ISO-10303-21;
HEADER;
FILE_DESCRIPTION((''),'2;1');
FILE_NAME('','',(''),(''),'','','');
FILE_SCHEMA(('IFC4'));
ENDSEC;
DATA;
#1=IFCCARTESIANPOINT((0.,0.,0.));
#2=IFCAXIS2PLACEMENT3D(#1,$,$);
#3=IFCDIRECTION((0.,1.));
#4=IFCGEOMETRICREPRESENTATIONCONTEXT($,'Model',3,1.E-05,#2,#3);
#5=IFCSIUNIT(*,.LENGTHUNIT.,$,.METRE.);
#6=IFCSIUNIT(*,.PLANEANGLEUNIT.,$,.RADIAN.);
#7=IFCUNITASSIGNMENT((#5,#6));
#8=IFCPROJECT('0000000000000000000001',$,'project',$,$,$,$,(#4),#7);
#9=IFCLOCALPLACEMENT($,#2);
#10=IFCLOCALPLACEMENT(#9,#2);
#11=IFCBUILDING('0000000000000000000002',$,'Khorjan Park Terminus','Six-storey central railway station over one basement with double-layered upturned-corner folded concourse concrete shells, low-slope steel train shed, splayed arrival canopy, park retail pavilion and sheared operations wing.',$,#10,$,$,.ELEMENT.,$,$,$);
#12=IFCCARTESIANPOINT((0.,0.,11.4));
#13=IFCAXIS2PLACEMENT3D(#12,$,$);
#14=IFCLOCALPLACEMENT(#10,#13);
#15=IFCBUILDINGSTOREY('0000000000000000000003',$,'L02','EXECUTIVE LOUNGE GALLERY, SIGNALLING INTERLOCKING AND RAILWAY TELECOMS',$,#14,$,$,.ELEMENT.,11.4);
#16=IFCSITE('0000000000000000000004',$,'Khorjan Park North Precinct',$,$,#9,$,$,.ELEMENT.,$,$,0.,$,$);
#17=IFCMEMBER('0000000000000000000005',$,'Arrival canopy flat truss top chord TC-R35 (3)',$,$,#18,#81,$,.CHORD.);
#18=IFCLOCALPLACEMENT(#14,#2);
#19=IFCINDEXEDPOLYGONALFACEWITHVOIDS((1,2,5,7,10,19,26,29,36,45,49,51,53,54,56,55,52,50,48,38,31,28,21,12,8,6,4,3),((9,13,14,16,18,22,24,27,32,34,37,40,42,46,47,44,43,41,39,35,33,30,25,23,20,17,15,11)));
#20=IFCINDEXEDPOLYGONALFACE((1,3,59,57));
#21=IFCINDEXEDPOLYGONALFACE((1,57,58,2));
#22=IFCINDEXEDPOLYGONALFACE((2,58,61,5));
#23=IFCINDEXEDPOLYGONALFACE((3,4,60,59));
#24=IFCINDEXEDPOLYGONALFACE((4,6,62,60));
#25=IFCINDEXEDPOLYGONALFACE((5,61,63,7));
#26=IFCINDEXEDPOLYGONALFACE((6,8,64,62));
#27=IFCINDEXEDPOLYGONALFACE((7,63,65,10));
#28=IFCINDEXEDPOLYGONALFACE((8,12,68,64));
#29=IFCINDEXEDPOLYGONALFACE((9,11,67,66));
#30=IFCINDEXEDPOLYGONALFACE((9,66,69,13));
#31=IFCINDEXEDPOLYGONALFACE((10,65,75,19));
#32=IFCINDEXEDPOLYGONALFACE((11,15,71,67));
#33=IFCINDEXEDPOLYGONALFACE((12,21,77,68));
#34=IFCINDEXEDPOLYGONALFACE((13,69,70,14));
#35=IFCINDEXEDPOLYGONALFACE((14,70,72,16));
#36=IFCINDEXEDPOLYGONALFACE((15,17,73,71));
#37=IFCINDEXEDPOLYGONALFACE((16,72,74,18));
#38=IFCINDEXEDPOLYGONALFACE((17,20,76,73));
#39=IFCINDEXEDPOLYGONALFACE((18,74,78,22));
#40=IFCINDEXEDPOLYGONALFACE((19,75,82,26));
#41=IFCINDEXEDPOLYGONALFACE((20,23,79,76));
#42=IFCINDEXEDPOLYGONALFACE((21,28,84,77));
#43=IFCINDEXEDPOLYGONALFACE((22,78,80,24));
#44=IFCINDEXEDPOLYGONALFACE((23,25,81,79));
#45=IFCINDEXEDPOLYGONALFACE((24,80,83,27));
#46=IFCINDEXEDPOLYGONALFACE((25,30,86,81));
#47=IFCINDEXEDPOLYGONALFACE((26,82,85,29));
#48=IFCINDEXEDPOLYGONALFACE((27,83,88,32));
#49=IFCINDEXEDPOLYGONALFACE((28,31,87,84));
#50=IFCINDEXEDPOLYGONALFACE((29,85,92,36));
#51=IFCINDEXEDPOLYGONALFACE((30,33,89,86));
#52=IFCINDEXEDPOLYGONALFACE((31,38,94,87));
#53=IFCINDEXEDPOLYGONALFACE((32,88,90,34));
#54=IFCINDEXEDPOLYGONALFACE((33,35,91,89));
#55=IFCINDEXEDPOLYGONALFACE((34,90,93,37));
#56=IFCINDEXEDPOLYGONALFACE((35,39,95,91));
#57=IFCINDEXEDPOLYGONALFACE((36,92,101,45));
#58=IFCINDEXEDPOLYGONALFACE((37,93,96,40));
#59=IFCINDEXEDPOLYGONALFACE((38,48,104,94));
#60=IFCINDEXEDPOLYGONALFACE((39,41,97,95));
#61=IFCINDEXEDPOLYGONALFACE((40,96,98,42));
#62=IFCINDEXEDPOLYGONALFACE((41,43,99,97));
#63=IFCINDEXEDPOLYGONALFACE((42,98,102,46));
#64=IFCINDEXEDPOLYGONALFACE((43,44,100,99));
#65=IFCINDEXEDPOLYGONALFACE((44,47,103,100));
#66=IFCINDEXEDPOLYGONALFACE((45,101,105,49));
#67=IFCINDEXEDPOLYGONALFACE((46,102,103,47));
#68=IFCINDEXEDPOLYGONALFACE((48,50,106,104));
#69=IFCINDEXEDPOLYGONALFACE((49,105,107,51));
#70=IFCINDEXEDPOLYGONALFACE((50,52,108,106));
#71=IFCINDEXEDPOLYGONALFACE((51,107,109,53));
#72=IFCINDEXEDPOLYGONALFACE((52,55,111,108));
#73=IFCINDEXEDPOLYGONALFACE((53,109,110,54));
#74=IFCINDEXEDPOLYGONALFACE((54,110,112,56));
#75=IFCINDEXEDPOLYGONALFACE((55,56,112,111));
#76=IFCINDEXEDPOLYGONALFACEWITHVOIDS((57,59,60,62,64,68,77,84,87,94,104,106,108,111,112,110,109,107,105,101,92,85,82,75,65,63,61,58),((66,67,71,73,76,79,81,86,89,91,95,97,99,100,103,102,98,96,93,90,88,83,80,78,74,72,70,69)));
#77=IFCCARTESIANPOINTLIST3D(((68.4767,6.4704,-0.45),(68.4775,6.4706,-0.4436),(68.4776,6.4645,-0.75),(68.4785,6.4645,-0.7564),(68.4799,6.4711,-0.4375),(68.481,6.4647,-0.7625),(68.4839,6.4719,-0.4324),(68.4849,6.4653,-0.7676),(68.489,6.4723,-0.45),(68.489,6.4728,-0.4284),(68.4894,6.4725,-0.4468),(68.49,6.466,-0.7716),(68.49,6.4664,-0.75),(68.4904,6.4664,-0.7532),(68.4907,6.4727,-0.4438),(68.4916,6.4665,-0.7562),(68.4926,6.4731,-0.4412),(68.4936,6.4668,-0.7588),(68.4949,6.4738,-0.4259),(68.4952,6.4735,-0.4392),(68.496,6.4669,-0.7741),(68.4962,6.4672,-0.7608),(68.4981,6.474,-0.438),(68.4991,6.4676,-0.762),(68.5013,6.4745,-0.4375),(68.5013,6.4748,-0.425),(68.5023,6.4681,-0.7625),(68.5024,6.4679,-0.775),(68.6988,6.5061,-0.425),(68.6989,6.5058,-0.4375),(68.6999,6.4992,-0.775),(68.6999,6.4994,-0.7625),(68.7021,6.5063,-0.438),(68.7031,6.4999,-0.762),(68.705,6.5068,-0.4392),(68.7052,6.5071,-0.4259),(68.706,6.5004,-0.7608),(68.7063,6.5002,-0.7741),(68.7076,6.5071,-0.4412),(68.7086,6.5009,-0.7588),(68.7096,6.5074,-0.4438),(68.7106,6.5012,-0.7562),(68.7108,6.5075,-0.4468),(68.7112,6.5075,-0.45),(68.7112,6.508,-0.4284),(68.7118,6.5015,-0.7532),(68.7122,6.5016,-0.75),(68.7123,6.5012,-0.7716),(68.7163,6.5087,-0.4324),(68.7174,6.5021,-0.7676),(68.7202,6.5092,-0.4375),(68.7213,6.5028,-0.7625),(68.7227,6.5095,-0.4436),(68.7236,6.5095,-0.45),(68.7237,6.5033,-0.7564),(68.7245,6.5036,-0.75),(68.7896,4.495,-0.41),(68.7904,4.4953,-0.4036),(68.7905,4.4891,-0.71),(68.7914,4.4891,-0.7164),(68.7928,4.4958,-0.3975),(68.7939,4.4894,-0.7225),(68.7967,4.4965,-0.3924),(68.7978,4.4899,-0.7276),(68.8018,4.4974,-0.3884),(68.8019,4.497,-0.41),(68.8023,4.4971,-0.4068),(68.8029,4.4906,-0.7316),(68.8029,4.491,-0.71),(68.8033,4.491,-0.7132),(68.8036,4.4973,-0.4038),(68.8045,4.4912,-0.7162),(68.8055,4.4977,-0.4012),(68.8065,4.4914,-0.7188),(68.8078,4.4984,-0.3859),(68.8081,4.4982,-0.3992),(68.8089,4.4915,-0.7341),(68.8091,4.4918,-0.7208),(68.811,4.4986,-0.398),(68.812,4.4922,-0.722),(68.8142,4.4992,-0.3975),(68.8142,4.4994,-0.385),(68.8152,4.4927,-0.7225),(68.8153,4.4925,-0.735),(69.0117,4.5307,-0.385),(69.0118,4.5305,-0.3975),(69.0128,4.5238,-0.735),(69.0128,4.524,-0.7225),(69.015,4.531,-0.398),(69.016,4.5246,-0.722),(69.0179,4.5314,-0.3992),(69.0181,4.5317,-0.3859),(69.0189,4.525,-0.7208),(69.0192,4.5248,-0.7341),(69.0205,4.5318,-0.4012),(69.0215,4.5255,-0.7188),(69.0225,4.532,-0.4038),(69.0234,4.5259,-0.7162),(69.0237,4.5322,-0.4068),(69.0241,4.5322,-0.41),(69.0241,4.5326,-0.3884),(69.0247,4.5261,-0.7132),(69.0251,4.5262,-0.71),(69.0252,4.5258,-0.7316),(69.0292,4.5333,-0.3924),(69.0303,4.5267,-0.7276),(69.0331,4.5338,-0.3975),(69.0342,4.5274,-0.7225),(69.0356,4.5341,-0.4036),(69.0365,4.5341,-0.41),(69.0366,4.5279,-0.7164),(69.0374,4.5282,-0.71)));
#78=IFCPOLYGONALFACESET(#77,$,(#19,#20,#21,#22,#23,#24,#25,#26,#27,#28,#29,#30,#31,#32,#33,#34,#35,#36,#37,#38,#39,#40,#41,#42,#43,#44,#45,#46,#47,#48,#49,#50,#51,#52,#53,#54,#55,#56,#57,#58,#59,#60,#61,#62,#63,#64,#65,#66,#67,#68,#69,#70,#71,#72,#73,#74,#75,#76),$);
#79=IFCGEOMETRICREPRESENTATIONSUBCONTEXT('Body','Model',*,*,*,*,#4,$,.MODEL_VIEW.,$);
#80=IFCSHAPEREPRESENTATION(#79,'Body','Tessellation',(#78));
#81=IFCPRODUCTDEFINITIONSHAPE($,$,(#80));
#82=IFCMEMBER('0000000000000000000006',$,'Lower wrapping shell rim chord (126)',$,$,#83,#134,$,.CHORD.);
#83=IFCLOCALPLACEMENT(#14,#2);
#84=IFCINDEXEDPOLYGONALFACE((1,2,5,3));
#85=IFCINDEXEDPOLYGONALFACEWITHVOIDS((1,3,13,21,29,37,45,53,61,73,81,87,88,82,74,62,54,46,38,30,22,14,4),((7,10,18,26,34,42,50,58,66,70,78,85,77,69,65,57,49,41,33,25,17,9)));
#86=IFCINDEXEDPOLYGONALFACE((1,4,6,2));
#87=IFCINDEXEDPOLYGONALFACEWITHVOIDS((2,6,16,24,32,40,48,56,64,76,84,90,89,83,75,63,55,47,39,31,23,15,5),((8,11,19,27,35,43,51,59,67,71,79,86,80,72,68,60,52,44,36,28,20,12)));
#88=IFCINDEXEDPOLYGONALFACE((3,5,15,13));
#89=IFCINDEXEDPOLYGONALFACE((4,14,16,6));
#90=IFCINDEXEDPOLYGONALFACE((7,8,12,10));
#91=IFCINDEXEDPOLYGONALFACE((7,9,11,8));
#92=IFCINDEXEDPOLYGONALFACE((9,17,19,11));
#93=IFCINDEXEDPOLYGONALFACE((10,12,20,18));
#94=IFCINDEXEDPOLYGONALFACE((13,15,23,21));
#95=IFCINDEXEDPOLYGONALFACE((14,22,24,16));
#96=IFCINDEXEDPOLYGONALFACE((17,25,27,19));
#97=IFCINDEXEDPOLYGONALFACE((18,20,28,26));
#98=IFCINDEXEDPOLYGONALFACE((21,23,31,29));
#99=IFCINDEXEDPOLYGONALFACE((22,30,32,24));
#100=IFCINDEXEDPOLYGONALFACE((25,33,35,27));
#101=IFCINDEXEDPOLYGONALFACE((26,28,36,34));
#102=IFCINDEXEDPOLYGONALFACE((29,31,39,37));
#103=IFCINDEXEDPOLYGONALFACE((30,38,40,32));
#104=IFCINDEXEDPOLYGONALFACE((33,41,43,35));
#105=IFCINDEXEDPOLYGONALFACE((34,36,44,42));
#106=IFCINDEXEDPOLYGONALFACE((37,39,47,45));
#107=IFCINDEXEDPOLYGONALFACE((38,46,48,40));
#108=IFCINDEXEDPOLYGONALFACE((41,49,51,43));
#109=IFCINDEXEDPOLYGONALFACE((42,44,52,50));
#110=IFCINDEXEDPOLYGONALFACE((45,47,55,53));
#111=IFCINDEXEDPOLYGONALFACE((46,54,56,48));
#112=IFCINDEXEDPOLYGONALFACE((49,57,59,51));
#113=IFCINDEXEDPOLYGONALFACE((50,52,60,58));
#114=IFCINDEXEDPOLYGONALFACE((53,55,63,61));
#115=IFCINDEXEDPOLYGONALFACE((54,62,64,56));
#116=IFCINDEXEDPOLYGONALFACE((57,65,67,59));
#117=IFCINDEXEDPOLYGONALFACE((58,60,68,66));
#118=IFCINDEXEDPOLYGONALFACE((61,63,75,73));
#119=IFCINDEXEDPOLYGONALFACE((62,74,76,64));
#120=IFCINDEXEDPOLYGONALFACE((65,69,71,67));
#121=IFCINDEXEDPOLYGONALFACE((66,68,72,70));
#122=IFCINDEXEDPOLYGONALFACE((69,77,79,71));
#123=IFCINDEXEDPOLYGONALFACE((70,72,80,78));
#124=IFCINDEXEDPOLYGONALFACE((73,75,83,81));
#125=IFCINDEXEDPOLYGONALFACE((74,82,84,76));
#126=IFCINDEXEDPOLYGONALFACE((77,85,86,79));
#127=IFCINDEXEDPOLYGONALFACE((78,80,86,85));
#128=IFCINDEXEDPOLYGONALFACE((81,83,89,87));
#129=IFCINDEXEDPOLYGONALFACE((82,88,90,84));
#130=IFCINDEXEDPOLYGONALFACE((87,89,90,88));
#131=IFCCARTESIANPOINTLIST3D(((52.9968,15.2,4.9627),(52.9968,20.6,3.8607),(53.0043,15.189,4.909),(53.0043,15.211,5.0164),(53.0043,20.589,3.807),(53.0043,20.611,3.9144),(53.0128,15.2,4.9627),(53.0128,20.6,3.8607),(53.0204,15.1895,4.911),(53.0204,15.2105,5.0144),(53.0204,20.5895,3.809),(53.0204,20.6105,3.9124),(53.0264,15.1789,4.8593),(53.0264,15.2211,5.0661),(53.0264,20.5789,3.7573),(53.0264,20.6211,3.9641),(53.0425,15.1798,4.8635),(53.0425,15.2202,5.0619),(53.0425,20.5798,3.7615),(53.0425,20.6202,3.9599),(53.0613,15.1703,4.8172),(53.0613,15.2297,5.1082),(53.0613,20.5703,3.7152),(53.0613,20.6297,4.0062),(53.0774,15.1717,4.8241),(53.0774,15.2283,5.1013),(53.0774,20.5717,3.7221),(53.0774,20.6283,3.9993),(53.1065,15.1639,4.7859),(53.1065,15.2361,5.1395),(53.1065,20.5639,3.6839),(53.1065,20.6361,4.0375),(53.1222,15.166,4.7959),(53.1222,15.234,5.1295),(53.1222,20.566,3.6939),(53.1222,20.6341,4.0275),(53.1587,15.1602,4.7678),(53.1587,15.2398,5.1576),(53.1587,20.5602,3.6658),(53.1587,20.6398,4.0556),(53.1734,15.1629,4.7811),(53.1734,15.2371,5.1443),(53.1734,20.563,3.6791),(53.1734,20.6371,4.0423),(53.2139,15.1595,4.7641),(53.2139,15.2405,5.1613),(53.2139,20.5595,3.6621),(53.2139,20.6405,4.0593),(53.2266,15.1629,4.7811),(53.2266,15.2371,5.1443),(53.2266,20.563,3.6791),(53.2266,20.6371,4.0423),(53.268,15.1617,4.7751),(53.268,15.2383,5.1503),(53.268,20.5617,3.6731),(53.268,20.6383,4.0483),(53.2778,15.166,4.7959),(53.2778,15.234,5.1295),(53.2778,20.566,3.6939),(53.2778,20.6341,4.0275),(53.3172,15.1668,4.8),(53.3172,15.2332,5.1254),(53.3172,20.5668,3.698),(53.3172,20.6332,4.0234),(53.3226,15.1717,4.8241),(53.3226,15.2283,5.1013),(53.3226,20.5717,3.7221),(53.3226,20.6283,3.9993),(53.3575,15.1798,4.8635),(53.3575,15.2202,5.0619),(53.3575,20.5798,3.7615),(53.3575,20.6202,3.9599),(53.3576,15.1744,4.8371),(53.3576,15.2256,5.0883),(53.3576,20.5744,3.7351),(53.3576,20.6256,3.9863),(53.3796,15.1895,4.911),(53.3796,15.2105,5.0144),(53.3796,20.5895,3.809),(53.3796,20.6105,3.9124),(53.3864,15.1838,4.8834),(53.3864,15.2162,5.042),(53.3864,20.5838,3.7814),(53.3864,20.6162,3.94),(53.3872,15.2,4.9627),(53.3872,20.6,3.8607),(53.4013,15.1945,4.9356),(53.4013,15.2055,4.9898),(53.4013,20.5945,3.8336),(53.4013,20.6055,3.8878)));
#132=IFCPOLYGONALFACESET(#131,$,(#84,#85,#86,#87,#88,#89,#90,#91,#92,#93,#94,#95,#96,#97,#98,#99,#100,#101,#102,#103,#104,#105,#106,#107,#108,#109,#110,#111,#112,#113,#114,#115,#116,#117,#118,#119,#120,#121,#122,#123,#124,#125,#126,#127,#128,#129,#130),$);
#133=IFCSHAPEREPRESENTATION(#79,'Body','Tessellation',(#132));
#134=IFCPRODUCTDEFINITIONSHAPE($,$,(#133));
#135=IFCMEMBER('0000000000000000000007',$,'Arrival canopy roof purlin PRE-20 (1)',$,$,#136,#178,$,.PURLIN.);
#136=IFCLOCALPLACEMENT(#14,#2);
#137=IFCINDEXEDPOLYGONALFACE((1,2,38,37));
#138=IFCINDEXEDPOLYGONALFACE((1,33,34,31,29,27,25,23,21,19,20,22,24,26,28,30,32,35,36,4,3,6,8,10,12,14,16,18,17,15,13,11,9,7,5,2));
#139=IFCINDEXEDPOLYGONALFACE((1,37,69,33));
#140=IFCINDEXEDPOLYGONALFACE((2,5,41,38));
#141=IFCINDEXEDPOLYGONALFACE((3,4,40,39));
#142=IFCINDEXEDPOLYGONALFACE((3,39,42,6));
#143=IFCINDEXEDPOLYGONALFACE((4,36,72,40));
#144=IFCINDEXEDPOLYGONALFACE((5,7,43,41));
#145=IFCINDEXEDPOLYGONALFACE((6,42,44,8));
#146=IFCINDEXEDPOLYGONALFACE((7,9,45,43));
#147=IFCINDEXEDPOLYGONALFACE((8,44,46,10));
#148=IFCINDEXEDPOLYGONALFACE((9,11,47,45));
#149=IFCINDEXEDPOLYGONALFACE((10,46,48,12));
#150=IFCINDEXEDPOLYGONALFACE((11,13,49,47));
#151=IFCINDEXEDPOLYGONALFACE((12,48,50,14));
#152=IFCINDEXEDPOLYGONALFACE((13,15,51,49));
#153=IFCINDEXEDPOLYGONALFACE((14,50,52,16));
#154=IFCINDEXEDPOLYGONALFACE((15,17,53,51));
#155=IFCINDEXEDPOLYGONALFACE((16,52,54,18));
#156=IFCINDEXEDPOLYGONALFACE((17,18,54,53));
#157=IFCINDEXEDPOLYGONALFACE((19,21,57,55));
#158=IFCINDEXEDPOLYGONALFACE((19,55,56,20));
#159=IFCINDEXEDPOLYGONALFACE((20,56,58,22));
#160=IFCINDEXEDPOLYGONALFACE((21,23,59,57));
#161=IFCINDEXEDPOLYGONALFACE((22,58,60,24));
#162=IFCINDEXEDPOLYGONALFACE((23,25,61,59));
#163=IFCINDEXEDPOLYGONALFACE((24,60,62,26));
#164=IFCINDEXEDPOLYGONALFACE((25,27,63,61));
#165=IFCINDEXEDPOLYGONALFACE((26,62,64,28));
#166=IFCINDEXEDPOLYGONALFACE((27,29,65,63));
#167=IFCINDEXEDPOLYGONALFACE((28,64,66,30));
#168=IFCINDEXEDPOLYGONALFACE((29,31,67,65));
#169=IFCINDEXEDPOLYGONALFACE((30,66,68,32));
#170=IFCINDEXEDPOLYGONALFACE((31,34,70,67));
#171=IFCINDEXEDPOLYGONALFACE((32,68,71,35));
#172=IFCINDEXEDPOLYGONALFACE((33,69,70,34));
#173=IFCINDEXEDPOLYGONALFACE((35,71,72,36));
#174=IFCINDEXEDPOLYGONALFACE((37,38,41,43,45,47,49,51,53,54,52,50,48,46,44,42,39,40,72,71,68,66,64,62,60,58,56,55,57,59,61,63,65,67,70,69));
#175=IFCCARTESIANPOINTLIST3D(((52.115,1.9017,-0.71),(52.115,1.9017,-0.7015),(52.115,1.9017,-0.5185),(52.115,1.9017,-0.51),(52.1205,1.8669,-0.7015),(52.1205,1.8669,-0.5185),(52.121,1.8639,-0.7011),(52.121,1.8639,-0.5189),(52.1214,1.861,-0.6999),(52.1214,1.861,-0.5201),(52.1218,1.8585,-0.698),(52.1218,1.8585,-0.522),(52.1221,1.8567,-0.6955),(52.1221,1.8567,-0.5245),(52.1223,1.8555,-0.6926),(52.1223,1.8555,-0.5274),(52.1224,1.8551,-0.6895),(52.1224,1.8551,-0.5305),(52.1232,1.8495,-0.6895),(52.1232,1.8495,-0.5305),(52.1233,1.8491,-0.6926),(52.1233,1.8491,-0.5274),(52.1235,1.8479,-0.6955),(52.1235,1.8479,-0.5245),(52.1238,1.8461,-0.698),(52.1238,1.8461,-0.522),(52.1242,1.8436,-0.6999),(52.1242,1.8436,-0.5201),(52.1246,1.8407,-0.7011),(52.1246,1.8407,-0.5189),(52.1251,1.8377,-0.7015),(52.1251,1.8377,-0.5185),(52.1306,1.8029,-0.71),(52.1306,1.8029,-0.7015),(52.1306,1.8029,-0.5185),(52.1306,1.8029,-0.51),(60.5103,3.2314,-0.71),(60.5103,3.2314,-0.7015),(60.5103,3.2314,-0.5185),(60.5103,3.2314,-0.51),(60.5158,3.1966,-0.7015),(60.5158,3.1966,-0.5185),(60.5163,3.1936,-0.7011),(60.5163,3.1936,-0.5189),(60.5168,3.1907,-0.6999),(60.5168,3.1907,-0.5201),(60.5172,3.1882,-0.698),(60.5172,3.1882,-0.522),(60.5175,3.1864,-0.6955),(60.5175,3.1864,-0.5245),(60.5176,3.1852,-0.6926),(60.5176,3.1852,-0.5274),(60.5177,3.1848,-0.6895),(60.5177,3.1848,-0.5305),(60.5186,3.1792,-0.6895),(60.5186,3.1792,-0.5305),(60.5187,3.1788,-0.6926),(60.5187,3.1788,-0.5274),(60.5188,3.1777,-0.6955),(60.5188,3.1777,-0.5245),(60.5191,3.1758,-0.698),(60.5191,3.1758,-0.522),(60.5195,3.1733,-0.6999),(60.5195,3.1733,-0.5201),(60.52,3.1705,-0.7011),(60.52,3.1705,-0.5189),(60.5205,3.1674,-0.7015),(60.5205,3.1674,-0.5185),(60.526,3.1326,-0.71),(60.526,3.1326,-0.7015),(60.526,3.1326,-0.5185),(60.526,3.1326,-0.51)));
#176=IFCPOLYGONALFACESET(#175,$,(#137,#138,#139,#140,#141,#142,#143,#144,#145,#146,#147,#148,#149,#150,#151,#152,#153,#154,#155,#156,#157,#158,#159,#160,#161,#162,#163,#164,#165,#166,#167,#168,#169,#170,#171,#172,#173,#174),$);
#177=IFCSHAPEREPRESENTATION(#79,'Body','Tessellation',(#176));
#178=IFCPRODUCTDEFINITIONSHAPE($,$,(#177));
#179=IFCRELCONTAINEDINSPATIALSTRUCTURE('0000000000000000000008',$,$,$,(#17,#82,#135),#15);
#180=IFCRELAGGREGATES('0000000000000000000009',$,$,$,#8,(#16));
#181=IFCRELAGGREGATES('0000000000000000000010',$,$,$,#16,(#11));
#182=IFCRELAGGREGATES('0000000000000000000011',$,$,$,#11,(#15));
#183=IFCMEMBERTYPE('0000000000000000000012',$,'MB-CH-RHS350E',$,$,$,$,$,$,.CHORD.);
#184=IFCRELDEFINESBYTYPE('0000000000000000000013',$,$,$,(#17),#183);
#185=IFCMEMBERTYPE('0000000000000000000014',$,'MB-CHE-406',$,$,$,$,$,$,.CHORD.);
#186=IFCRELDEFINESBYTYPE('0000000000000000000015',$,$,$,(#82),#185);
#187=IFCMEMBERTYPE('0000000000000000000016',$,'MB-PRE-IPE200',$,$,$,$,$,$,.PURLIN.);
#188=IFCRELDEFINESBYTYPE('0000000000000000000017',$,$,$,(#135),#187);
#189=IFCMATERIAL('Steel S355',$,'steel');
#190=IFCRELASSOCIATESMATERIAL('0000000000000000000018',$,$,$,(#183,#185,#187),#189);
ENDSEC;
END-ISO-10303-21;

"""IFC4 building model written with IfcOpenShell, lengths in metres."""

from ifc_helpers import new_model, si_unit, direction, frame, origin, origin_2d, place, context, subcontext, project, spatial, hollow_rectangle, hollow_circle, i_section, extrude, material, material_profile, profile_set, type_object, element, save


model = new_model("IFC4")

# Units and contexts
model_context = context("Model", 3, precision=1e-05, world=origin(), true_north=direction((0.0, 1.0)))
body_context = subcontext(model_context, "Body", "Model", "MODEL_VIEW")
ifc_project = project(units=[si_unit("LENGTHUNIT", "METRE"), si_unit("PLANEANGLEUNIT", "RADIAN")], contexts=[model_context])

# Site, building, storey
site_placement = place(None, origin())
site = spatial("IfcSite", under=ifc_project, at=site_placement, Name="Khorjan Park North Precinct", CompositionType="ELEMENT", RefElevation=0.0)
building_placement = place(site_placement, origin())
building = spatial("IfcBuilding", under=site, at=building_placement, Name="Khorjan Park Terminus", Description="Six-storey central railway station over one basement with double-layered upturned-corner folded concourse concrete shells, low-slope steel train shed, splayed arrival canopy, park retail pavilion and sheared operations wing.", CompositionType="ELEMENT")
storey_placement = place(building_placement, frame((0.0, 0.0, 11.4)))
storey = spatial("IfcBuildingStorey", under=building, at=storey_placement, Name="L02", Description="EXECUTIVE LOUNGE GALLERY, SIGNALLING INTERLOCKING AND RAILWAY TELECOMS", CompositionType="ELEMENT", Elevation=11.4)

# Members
ifc_material_1 = material(Name="Steel S355", Category="steel")
ifc_material_profile_1 = material_profile(ifc_material_1, hollow_rectangle(XDim=0.25, YDim=0.35, WallThickness=0.0125, InnerFilletRadius=0.0125, OuterFilletRadius=0.025, at=origin_2d()), Name="RHS 350x250x12.5")
ifc_profile_set_1 = profile_set([ifc_material_profile_1], Name="Steel S355")
member_type_1 = type_object("IfcMemberType", Name="MB-CH-RHS350E", PredefinedType="CHORD", material=ifc_profile_set_1)
member_1_placement = place(storey_placement, frame((68.9135, 4.5116, -0.56), z_axis=(-0.156417, 0.987489, -0.019996), x_axis=(-0.987686, -0.156448, 0.0)))
element("IfcMember", 1, at=member_1_placement, inside=storey, type_object=member_type_1, Name="Arrival canopy flat truss top chord TC-R35 (3)", PredefinedType="CHORD", context=body_context, shape_type="SweptSolid", body=[
    extrude(hollow_rectangle(XDim=0.25, YDim=0.35, WallThickness=0.0125, InnerFilletRadius=0.0125, OuterFilletRadius=0.025, at=origin_2d()), origin(), (0.0, 0.0, 1.0), 2.0004),
])
ifc_material_profile_2 = material_profile(ifc_material_1, hollow_circle(Radius=0.2032, WallThickness=0.016, at=origin_2d()), Name="CHS 406.4x16")
ifc_profile_set_2 = profile_set([ifc_material_profile_2], Name="Steel S355")
member_type_2 = type_object("IfcMemberType", Name="MB-CHE-406", PredefinedType="CHORD", material=ifc_profile_set_2)
member_2_placement = place(storey_placement, frame((53.2, 15.2, 4.9627), z_axis=(0.0, 0.979806, -0.199953), x_axis=(-1.0, 0.0, 0.0)))
element("IfcMember", 2, at=member_2_placement, inside=storey, type_object=member_type_2, Name="Lower wrapping shell rim chord (126)", PredefinedType="CHORD", context=body_context, shape_type="SweptSolid", body=[
    extrude(hollow_circle(Radius=0.2032, WallThickness=0.016, at=origin_2d()), origin(), (0.0, 0.0, 1.0), 5.5113),
])
ifc_material_profile_3 = material_profile(ifc_material_1, i_section(OverallWidth=0.1, OverallDepth=0.2, WebThickness=0.0056, FlangeThickness=0.0085, FilletRadius=0.012, at=origin_2d()), Name="IPE 200")
ifc_profile_set_3 = profile_set([ifc_material_profile_3], Name="Steel S355")
member_type_3 = type_object("IfcMemberType", Name="MB-PRE-IPE200", PredefinedType="PURLIN", material=ifc_profile_set_3)
for number, where, z_axis, x_axis, name in (
    (3, (52.1228, 1.8523, -0.61), (0.987688, 0.156436, 0.0), (-0.156436, 0.987688, 0.0), "Arrival canopy roof purlin PRE-20 (1)"),
):
    element("IfcMember", number, at=place(storey_placement, frame(where, z_axis=z_axis, x_axis=x_axis)), inside=storey, type_object=member_type_3, Name=name, PredefinedType="PURLIN", context=body_context, shape_type="SweptSolid", body=[
        extrude(i_section(OverallWidth=0.1, OverallDepth=0.2, WebThickness=0.0056, FlangeThickness=0.0085, FilletRadius=0.012, at=origin_2d()), origin(), (0.0, 0.0, 1.0), 8.5),
    ])

save(model, "model.ifc")
